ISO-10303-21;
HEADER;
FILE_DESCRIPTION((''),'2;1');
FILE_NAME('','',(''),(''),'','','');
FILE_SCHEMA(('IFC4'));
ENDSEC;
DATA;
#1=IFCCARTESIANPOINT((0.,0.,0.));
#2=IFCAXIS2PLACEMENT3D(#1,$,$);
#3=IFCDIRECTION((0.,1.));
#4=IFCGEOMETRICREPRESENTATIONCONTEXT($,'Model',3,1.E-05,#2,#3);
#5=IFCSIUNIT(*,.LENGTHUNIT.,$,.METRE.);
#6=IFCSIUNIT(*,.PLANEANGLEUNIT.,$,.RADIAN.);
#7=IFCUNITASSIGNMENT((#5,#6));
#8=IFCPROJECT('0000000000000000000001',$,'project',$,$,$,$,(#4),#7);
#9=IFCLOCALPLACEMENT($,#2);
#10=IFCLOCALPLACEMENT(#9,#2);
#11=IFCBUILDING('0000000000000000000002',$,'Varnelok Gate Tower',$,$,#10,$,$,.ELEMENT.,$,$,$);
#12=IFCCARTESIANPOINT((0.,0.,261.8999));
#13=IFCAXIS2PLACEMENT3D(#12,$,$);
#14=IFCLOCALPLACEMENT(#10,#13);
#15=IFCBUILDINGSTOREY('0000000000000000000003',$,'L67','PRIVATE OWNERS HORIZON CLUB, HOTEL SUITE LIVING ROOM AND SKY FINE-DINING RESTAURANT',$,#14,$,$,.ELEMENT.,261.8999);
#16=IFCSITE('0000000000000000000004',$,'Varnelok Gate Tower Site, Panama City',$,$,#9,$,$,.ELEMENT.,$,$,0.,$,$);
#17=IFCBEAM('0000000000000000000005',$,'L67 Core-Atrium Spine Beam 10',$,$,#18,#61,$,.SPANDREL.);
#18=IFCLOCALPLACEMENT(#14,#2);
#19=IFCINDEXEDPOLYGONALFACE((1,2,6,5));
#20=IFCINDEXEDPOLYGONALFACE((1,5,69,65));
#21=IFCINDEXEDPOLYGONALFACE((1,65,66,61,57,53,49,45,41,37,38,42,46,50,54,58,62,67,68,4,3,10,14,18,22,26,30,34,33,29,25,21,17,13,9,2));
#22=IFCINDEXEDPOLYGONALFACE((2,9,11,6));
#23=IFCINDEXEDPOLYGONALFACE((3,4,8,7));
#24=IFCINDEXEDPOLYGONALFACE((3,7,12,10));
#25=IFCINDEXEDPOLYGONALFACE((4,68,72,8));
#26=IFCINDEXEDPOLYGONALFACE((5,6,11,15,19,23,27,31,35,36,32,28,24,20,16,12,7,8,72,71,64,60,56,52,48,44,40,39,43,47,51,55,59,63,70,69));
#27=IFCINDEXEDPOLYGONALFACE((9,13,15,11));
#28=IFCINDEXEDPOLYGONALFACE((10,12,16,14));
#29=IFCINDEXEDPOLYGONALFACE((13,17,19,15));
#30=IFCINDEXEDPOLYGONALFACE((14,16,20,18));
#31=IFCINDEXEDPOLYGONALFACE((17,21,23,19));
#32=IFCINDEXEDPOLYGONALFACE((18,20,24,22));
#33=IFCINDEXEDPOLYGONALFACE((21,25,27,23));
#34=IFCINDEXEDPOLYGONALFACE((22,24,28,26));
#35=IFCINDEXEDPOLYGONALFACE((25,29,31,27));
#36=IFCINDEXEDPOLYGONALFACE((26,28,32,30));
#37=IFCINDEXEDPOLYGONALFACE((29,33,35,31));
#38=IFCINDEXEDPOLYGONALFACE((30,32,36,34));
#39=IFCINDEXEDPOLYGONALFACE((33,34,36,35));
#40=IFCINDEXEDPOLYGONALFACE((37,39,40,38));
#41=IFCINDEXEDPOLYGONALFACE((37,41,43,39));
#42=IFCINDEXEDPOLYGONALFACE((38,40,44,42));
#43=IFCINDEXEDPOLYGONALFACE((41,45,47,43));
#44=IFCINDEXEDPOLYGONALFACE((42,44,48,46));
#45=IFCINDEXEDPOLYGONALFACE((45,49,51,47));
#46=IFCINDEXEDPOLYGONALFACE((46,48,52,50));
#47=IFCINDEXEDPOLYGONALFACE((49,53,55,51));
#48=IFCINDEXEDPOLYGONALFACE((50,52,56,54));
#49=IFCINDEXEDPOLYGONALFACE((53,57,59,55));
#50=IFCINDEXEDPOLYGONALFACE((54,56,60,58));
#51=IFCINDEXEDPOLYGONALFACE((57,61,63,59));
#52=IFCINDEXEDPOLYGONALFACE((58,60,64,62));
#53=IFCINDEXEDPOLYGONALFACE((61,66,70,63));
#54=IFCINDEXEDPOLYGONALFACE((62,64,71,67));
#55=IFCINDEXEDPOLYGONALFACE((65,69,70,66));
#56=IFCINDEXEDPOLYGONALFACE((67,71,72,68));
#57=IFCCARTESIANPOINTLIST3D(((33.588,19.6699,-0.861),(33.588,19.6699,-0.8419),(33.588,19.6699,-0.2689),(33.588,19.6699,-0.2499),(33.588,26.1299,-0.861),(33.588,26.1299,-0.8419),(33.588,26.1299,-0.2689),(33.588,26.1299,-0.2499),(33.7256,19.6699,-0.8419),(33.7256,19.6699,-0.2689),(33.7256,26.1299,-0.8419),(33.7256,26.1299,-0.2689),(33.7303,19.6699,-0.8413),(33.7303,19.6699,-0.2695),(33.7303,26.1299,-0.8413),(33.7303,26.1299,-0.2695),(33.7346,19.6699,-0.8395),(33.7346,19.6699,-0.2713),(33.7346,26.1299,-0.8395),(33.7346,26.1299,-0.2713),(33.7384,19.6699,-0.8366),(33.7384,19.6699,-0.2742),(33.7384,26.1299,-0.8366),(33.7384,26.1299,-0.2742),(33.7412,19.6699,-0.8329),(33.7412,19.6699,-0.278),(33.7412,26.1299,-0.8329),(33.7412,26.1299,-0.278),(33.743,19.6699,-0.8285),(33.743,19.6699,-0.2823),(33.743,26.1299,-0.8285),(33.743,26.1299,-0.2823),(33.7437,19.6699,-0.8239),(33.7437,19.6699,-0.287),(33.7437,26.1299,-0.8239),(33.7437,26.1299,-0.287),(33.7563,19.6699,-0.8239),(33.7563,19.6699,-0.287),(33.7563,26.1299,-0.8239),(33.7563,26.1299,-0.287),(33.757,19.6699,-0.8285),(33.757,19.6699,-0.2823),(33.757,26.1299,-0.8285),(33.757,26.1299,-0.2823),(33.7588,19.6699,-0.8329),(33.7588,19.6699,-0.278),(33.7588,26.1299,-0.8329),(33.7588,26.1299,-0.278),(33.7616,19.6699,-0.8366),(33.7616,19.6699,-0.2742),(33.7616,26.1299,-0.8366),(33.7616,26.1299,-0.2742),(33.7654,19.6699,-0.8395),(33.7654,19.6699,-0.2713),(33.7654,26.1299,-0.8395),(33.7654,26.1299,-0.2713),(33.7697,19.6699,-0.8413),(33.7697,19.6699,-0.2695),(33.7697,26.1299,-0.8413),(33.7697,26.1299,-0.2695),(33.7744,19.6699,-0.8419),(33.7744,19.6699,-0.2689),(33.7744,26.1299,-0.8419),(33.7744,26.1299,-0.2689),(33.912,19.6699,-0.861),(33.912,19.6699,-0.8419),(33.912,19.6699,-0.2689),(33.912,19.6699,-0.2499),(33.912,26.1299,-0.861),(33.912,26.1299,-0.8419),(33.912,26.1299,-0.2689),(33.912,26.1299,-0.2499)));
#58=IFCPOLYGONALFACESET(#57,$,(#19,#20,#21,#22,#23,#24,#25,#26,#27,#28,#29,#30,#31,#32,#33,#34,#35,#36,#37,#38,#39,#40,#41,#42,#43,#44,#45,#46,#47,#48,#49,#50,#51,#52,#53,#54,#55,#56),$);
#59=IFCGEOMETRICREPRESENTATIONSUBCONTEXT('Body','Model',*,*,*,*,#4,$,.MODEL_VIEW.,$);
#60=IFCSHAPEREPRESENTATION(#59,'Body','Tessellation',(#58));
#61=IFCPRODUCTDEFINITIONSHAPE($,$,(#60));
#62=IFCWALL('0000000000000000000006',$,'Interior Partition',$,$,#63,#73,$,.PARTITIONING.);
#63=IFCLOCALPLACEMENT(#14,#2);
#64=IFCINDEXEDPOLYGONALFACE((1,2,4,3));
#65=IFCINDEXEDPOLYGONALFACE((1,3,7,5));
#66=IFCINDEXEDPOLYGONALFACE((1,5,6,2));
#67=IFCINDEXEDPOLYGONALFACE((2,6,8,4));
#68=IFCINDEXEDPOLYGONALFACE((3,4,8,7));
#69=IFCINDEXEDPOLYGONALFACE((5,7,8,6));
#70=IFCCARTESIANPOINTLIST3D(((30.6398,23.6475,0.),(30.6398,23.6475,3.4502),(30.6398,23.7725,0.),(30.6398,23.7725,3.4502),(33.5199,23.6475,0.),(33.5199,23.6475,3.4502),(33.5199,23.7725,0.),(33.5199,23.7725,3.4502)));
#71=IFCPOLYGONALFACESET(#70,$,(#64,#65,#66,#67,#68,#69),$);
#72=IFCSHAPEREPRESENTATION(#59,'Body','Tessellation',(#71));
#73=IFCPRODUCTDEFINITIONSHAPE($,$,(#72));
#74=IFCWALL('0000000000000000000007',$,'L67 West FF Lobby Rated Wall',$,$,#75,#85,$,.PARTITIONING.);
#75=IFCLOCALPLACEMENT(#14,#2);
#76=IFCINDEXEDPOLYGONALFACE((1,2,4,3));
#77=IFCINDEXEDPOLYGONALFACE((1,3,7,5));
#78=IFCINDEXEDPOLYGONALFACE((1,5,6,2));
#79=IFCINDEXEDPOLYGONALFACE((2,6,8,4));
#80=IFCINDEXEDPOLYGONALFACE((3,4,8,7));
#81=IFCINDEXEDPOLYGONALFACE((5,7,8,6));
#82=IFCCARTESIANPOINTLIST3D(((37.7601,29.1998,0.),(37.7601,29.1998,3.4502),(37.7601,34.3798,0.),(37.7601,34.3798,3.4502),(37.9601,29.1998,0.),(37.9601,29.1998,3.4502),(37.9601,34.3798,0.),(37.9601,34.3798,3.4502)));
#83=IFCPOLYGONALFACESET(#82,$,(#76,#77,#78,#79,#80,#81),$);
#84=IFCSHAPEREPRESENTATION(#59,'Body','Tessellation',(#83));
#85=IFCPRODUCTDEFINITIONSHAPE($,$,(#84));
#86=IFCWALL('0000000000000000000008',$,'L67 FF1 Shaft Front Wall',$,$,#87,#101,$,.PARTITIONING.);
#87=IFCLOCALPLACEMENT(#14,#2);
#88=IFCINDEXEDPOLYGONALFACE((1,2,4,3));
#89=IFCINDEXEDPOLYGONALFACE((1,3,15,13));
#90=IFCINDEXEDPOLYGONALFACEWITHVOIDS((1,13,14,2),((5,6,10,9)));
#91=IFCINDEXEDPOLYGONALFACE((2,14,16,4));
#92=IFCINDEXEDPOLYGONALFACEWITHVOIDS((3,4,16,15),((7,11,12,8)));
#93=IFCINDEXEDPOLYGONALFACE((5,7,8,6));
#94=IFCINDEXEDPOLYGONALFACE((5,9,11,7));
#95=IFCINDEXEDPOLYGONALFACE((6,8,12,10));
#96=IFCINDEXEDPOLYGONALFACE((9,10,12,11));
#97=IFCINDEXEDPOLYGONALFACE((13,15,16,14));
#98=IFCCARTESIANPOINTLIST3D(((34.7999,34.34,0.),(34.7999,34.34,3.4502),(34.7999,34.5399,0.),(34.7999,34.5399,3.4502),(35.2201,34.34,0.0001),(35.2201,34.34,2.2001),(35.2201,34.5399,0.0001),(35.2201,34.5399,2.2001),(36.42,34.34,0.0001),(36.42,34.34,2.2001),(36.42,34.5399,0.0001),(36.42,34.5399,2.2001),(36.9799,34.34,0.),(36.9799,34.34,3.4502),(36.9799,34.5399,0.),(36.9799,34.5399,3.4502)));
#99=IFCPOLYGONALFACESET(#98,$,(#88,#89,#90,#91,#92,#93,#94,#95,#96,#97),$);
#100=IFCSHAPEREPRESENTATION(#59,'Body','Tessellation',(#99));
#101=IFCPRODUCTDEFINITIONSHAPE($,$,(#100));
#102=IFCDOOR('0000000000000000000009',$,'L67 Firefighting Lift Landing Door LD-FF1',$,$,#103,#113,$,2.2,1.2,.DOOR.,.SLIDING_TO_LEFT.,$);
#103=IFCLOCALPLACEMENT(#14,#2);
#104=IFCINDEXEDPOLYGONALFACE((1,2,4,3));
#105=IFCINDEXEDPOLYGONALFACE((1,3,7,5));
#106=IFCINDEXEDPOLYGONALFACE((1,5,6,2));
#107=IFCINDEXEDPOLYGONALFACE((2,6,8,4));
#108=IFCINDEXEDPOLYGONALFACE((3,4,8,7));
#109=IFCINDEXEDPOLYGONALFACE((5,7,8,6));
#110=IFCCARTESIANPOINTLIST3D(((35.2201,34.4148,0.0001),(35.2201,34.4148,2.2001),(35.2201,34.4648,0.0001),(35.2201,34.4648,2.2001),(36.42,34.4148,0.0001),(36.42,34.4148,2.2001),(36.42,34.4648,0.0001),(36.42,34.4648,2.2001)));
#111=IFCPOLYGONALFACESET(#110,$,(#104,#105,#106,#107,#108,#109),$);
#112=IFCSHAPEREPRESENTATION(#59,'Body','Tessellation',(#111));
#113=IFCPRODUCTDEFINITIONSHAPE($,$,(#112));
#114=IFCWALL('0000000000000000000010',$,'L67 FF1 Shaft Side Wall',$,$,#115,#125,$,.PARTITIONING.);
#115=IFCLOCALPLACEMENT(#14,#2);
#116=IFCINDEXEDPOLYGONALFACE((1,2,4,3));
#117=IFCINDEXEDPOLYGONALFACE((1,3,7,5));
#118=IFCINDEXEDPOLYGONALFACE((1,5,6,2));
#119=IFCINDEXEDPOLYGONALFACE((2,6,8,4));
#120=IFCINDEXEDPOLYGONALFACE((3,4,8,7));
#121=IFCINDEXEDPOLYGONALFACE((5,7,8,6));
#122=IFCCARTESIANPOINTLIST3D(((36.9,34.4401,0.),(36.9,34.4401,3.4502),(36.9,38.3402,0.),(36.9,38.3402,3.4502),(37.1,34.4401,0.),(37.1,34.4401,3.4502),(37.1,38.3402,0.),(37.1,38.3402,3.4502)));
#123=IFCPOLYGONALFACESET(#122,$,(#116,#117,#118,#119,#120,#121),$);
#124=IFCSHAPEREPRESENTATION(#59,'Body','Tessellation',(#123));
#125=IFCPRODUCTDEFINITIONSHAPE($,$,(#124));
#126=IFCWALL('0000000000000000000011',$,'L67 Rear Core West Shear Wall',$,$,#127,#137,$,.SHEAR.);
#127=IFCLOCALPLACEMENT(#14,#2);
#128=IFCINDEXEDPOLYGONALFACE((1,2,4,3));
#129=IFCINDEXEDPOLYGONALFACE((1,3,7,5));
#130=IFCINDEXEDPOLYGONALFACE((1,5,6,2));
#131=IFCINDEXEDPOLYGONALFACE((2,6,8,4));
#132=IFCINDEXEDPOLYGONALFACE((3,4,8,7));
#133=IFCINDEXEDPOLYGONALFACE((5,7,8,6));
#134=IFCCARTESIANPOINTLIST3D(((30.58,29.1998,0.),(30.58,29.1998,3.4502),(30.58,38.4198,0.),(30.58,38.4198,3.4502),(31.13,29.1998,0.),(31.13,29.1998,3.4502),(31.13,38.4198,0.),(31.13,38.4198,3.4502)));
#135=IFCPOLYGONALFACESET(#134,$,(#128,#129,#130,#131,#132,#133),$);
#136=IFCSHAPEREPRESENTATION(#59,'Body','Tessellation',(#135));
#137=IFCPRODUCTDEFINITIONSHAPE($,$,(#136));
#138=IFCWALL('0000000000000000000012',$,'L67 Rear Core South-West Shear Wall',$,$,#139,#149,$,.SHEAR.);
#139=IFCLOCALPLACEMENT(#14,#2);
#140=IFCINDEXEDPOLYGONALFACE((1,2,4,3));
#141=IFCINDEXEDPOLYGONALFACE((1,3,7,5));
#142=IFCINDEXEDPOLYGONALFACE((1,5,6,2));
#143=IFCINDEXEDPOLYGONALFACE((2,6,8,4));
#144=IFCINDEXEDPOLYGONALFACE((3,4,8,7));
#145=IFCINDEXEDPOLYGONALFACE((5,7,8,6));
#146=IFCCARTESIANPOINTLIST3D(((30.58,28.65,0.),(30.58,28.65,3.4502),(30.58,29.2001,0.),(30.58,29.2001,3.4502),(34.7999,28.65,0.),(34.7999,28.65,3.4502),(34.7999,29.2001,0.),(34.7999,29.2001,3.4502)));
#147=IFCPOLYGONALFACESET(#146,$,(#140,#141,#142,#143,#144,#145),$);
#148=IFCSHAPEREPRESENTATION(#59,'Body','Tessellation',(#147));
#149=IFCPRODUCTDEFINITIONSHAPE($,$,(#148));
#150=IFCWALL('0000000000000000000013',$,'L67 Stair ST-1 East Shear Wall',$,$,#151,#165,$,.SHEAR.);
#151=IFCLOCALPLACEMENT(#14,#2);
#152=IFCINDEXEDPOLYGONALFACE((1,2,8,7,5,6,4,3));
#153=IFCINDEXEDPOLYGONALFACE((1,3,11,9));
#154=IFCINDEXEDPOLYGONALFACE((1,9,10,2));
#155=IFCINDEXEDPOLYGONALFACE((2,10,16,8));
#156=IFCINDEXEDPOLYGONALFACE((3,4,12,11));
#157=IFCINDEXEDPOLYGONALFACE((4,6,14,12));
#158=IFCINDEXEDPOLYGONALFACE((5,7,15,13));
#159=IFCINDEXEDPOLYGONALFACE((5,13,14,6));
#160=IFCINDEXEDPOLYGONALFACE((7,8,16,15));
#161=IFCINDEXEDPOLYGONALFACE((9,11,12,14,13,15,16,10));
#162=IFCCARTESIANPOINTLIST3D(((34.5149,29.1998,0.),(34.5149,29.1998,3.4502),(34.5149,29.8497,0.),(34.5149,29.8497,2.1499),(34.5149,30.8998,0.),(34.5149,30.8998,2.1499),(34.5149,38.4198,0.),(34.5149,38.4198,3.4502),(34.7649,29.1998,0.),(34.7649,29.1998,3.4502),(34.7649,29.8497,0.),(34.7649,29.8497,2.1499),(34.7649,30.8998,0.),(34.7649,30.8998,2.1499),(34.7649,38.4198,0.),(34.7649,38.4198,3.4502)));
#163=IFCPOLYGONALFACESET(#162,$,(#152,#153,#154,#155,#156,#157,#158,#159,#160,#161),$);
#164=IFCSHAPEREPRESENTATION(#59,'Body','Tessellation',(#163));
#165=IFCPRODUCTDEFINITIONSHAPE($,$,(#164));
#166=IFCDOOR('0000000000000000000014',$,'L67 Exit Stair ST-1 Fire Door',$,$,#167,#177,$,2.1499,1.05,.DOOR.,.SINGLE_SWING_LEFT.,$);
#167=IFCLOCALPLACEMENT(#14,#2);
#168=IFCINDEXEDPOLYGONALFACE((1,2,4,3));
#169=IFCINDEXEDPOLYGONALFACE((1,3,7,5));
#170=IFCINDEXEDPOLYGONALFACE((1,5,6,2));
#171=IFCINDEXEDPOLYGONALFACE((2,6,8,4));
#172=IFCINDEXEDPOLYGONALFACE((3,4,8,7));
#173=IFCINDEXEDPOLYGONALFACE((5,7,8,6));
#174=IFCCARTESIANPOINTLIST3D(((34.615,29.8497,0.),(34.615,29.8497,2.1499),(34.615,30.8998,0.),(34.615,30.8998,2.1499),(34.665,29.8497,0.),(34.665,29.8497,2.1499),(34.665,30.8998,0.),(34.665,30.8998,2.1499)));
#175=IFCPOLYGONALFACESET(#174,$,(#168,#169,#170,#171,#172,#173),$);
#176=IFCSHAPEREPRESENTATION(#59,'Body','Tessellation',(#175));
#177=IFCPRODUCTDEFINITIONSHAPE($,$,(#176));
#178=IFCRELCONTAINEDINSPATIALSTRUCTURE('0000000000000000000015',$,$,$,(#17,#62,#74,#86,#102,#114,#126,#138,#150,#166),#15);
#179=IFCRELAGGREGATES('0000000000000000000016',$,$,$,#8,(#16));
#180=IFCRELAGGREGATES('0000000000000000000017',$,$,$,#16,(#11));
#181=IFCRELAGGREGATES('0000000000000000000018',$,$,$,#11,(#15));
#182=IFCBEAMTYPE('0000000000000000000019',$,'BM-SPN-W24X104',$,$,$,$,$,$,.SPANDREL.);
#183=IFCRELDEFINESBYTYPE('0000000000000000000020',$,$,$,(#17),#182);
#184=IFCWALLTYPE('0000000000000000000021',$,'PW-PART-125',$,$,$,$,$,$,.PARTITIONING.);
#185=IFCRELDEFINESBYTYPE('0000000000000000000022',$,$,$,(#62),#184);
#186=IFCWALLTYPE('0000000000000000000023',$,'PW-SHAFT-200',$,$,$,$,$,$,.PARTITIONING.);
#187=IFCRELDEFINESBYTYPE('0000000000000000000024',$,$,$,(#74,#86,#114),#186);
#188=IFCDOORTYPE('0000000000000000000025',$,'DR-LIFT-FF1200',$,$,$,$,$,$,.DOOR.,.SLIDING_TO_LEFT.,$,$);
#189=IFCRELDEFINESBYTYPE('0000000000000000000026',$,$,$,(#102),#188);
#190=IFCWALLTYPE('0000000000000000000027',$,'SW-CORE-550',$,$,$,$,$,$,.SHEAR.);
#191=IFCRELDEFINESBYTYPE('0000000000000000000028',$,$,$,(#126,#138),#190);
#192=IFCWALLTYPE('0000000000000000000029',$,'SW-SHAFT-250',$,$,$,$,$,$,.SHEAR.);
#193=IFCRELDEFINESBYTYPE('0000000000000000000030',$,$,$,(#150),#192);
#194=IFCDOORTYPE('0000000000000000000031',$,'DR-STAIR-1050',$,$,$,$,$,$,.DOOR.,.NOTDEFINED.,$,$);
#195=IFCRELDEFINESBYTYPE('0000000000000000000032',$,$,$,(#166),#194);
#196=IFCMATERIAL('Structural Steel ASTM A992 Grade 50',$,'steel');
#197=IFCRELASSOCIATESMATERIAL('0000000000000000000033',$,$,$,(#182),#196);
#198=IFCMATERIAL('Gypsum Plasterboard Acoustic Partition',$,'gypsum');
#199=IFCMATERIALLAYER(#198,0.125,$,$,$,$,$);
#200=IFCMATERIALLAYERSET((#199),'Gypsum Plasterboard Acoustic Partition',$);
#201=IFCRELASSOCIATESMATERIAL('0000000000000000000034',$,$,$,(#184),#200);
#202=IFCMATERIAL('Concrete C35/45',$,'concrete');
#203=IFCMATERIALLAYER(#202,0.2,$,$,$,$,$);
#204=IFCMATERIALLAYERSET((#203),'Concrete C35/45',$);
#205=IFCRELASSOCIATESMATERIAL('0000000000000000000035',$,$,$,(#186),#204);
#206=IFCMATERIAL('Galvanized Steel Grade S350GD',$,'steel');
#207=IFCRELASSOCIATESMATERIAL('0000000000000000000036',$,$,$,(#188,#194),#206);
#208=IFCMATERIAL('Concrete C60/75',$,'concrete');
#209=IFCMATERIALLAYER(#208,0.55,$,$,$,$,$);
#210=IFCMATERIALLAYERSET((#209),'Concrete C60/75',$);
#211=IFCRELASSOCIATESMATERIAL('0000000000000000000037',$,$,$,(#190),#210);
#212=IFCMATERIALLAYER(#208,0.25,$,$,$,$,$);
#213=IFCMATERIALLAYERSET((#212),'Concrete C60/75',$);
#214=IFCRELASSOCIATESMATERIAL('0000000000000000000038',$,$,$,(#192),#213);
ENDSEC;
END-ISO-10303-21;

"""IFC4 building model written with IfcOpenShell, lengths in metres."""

from ifc_helpers import new_model, si_unit, direction, frame, frame_2d, origin, origin_2d, place, context, subcontext, project, spatial, rectangle, i_section, extrude, material, layer, layer_set, material_profile, profile_set, type_object, element, fill, save


model = new_model("IFC4")

# Units and contexts
model_context = context("Model", 3, precision=1e-05, world=origin(), true_north=direction((0.0, 1.0)))
body_context = subcontext(model_context, "Body", "Model", "MODEL_VIEW")
ifc_project = project(units=[si_unit("LENGTHUNIT", "METRE"), si_unit("PLANEANGLEUNIT", "RADIAN")], contexts=[model_context])

# Site, building, storey
site_placement = place(None, origin())
site = spatial("IfcSite", under=ifc_project, at=site_placement, Name="Varnelok Gate Tower Site, Panama City", CompositionType="ELEMENT", RefElevation=0.0)
building_placement = place(site_placement, origin())
building = spatial("IfcBuilding", under=site, at=building_placement, Name="Varnelok Gate Tower", CompositionType="ELEMENT")
storey_placement = place(building_placement, frame((0.0, 0.0, 261.8999)))
storey = spatial("IfcBuildingStorey", under=building, at=storey_placement, Name="L67", Description="PRIVATE OWNERS HORIZON CLUB, HOTEL SUITE LIVING ROOM AND SKY FINE-DINING RESTAURANT", CompositionType="ELEMENT", Elevation=261.8999)

# Shared definitions
ifc_material_1 = material(Name="Structural Steel ASTM A992 Grade 50", Category="steel")

# Beam
ifc_material_2 = material(Name="Concrete C60/75", Category="concrete")
ifc_material_profile_1 = material_profile(ifc_material_1, i_section(OverallWidth=0.324, OverallDepth=0.6111, WebThickness=0.0127, FlangeThickness=0.019, FilletRadius=0.0181, at=origin_2d()), Name="W24X104")
ifc_profile_set_1 = profile_set([ifc_material_profile_1], Name="Structural Steel ASTM A992 Grade 50")
beam_type_1 = type_object("IfcBeamType", Name="BM-SPN-W24X104", PredefinedType="SPANDREL", material=ifc_profile_set_1)
beam_1_placement = place(storey_placement, frame((33.75, 19.6699, -0.5554), z_axis=(0.0, 1.0, 0.0), x_axis=(-1.0, 0.0, 0.0)))
element("IfcBeam", 1, at=beam_1_placement, inside=storey, type_object=beam_type_1, Name="L67 Core-Atrium Spine Beam 10", PredefinedType="SPANDREL", context=body_context, shape_type="SweptSolid", body=[
    extrude(i_section(OverallWidth=0.324, OverallDepth=0.6111, WebThickness=0.0127, FlangeThickness=0.019, FilletRadius=0.0181, at=origin_2d()), origin(), (0.0, 0.0, 1.0), 6.46),
])

# Walls
ifc_material_3 = material(Name="Gypsum Plasterboard Acoustic Partition", Category="gypsum")
ifc_layer_1 = layer(ifc_material_3, 0.125)
ifc_layer_set_1 = layer_set([ifc_layer_1], Name="Gypsum Plasterboard Acoustic Partition")
wall_type_1 = type_object("IfcWallType", Name="PW-PART-125", PredefinedType="PARTITIONING", material=ifc_layer_set_1)
wall_1_placement = place(storey_placement, frame((30.6399, 23.71, 0.0), z_axis=(0.0, 0.0, 1.0), x_axis=(1.0, 0.0, 0.0)))
element("IfcWall", 2, at=wall_1_placement, inside=storey, type_object=wall_type_1, Name="Interior Partition", PredefinedType="PARTITIONING", context=body_context, shape_type="SweptSolid", body=[
    extrude(rectangle(XDim=2.8801, YDim=0.125, at=frame_2d((1.4399, 0.0))), origin(), (0.0, 0.0, 1.0), 3.4502),
])
ifc_material_4 = material(Name="Concrete C35/45", Category="concrete")
ifc_layer_2 = layer(ifc_material_4, 0.2)
ifc_layer_set_2 = layer_set([ifc_layer_2], Name="Concrete C35/45")
wall_type_2 = type_object("IfcWallType", Name="PW-SHAFT-200", PredefinedType="PARTITIONING", material=ifc_layer_set_2)
wall_2_placement = place(storey_placement, frame((37.8601, 29.2, 0.0), z_axis=(0.0, 0.0, 1.0), x_axis=(0.0, 1.0, 0.0)))
element("IfcWall", 3, at=wall_2_placement, inside=storey, type_object=wall_type_2, Name="L67 West FF Lobby Rated Wall", PredefinedType="PARTITIONING", context=body_context, shape_type="SweptSolid", body=[
    extrude(rectangle(XDim=5.1799, YDim=0.2, at=frame_2d((2.5898, 0.0))), origin(), (0.0, 0.0, 1.0), 3.4502),
])

# Wall, opening, door
wall_3_placement = place(storey_placement, frame((34.8, 34.4399, 0.0), z_axis=(0.0, 0.0, 1.0), x_axis=(1.0, 0.0, 0.0)))
wall_3 = element("IfcWall", 4, at=wall_3_placement, inside=storey, type_object=wall_type_2, Name="L67 FF1 Shaft Front Wall", PredefinedType="PARTITIONING", context=body_context, shape_type="SweptSolid", body=[
    extrude(rectangle(XDim=2.1799, YDim=0.2, at=frame_2d((1.0898, 0.0))), origin(), (0.0, 0.0, 1.0), 3.4502),
])
opening_1_placement = place(wall_3_placement, frame((0.4199, 0.0, 0.0)))
opening_1 = element("IfcOpeningElement", 5, at=opening_1_placement, cuts=wall_3, PredefinedType="OPENING", context=body_context, shape_type="SweptSolid", body=[
    extrude(rectangle(XDim=1.2, YDim=2.2, at=frame_2d((0.6001, 1.1001))), frame((0.0, 0.1099, 0.0), z_axis=(0.0, -1.0, 0.0), x_axis=(1.0, 0.0, 0.0)), (0.0, 0.0, 1.0), 0.22),
])
ifc_material_5 = material(Name="Galvanized Steel Grade S350GD", Category="steel")
door_type_1 = type_object("IfcDoorType", Name="DR-LIFT-FF1200", OperationType="SLIDING_TO_LEFT", PredefinedType="DOOR", material=ifc_material_5)
door_1_placement = place(opening_1_placement, origin())
door_1 = element("IfcDoor", 6, at=door_1_placement, inside=storey, type_object=door_type_1, Name="L67 Firefighting Lift Landing Door LD-FF1", OperationType="SLIDING_TO_LEFT", OverallHeight=2.2, OverallWidth=1.2, PredefinedType="DOOR", context=body_context, shape_type="SweptSolid", body=[
    extrude(rectangle(XDim=1.2, YDim=2.2, at=frame_2d((0.6001, 1.1001))), frame((0.0, 0.0249, 0.0), z_axis=(0.0, -1.0, 0.0), x_axis=(1.0, 0.0, 0.0)), (0.0, 0.0, 1.0), 0.05),
])
fill(opening_1, door_1)

# Walls
wall_4_placement = place(storey_placement, frame((37.0, 34.4399, 0.0), z_axis=(0.0, 0.0, 1.0), x_axis=(0.0, 1.0, 0.0)))
element("IfcWall", 7, at=wall_4_placement, inside=storey, type_object=wall_type_2, Name="L67 FF1 Shaft Side Wall", PredefinedType="PARTITIONING", context=body_context, shape_type="SweptSolid", body=[
    extrude(rectangle(XDim=3.9001, YDim=0.2, at=frame_2d((1.9502, 0.0))), origin(), (0.0, 0.0, 1.0), 3.4502),
])
ifc_layer_3 = layer(ifc_material_2, 0.55)
ifc_layer_set_3 = layer_set([ifc_layer_3], Name="Concrete C60/75")
wall_type_3 = type_object("IfcWallType", Name="SW-CORE-550", PredefinedType="SHEAR", material=ifc_layer_set_3)
wall_5_placement = place(storey_placement, frame((30.855, 29.2, 0.0), z_axis=(0.0, 0.0, 1.0), x_axis=(0.0, 1.0, 0.0)))
element("IfcWall", 8, at=wall_5_placement, inside=storey, type_object=wall_type_3, Name="L67 Rear Core West Shear Wall", PredefinedType="SHEAR", context=body_context, shape_type="SweptSolid", body=[
    extrude(rectangle(XDim=9.22, YDim=0.55, at=frame_2d((4.6099, 0.0))), origin(), (0.0, 0.0, 1.0), 3.4502),
])
wall_6_placement = place(storey_placement, frame((30.5801, 28.925, 0.0), z_axis=(0.0, 0.0, 1.0), x_axis=(1.0, 0.0, 0.0)))
element("IfcWall", 9, at=wall_6_placement, inside=storey, type_object=wall_type_3, Name="L67 Rear Core South-West Shear Wall", PredefinedType="SHEAR", context=body_context, shape_type="SweptSolid", body=[
    extrude(rectangle(XDim=4.22, YDim=0.55, at=frame_2d((2.1099, 0.0))), origin(), (0.0, 0.0, 1.0), 3.4502),
])

# Wall, opening, door
ifc_layer_4 = layer(ifc_material_2, 0.25)
ifc_layer_set_4 = layer_set([ifc_layer_4], Name="Concrete C60/75")
wall_type_4 = type_object("IfcWallType", Name="SW-SHAFT-250", PredefinedType="SHEAR", material=ifc_layer_set_4)
wall_7_placement = place(storey_placement, frame((34.6399, 29.2, 0.0), z_axis=(0.0, 0.0, 1.0), x_axis=(0.0, 1.0, 0.0)))
wall_7 = element("IfcWall", 10, at=wall_7_placement, inside=storey, type_object=wall_type_4, Name="L67 Stair ST-1 East Shear Wall", PredefinedType="SHEAR", context=body_context, shape_type="SweptSolid", body=[
    extrude(rectangle(XDim=9.22, YDim=0.25, at=frame_2d((4.6099, 0.0))), origin(), (0.0, 0.0, 1.0), 3.4502),
])
opening_2_placement = place(wall_7_placement, frame((0.6499, 0.0, 0.0)))
opening_2 = element("IfcOpeningElement", 11, at=opening_2_placement, cuts=wall_7, PredefinedType="OPENING", context=body_context, shape_type="SweptSolid", body=[
    extrude(rectangle(XDim=1.05, YDim=2.1499, at=frame_2d((0.5249, 1.075))), frame((0.0, 0.135, 0.0), z_axis=(0.0, -1.0, 0.0), x_axis=(1.0, 0.0, 0.0)), (0.0, 0.0, 1.0), 0.27),
])
door_type_2 = type_object("IfcDoorType", Name="DR-STAIR-1050", OperationType="NOTDEFINED", PredefinedType="DOOR", material=ifc_material_5)
door_2_placement = place(opening_2_placement, origin())
door_2 = element("IfcDoor", 12, at=door_2_placement, inside=storey, type_object=door_type_2, Name="L67 Exit Stair ST-1 Fire Door", OperationType="SINGLE_SWING_LEFT", OverallHeight=2.1499, OverallWidth=1.05, PredefinedType="DOOR", context=body_context, shape_type="SweptSolid", body=[
    extrude(rectangle(XDim=1.05, YDim=2.1499, at=frame_2d((0.5249, 1.075))), frame((0.0, 0.0249, 0.0), z_axis=(0.0, -1.0, 0.0), x_axis=(1.0, 0.0, 0.0)), (0.0, 0.0, 1.0), 0.05),
])
fill(opening_2, door_2)

save(model, "model.ifc")
